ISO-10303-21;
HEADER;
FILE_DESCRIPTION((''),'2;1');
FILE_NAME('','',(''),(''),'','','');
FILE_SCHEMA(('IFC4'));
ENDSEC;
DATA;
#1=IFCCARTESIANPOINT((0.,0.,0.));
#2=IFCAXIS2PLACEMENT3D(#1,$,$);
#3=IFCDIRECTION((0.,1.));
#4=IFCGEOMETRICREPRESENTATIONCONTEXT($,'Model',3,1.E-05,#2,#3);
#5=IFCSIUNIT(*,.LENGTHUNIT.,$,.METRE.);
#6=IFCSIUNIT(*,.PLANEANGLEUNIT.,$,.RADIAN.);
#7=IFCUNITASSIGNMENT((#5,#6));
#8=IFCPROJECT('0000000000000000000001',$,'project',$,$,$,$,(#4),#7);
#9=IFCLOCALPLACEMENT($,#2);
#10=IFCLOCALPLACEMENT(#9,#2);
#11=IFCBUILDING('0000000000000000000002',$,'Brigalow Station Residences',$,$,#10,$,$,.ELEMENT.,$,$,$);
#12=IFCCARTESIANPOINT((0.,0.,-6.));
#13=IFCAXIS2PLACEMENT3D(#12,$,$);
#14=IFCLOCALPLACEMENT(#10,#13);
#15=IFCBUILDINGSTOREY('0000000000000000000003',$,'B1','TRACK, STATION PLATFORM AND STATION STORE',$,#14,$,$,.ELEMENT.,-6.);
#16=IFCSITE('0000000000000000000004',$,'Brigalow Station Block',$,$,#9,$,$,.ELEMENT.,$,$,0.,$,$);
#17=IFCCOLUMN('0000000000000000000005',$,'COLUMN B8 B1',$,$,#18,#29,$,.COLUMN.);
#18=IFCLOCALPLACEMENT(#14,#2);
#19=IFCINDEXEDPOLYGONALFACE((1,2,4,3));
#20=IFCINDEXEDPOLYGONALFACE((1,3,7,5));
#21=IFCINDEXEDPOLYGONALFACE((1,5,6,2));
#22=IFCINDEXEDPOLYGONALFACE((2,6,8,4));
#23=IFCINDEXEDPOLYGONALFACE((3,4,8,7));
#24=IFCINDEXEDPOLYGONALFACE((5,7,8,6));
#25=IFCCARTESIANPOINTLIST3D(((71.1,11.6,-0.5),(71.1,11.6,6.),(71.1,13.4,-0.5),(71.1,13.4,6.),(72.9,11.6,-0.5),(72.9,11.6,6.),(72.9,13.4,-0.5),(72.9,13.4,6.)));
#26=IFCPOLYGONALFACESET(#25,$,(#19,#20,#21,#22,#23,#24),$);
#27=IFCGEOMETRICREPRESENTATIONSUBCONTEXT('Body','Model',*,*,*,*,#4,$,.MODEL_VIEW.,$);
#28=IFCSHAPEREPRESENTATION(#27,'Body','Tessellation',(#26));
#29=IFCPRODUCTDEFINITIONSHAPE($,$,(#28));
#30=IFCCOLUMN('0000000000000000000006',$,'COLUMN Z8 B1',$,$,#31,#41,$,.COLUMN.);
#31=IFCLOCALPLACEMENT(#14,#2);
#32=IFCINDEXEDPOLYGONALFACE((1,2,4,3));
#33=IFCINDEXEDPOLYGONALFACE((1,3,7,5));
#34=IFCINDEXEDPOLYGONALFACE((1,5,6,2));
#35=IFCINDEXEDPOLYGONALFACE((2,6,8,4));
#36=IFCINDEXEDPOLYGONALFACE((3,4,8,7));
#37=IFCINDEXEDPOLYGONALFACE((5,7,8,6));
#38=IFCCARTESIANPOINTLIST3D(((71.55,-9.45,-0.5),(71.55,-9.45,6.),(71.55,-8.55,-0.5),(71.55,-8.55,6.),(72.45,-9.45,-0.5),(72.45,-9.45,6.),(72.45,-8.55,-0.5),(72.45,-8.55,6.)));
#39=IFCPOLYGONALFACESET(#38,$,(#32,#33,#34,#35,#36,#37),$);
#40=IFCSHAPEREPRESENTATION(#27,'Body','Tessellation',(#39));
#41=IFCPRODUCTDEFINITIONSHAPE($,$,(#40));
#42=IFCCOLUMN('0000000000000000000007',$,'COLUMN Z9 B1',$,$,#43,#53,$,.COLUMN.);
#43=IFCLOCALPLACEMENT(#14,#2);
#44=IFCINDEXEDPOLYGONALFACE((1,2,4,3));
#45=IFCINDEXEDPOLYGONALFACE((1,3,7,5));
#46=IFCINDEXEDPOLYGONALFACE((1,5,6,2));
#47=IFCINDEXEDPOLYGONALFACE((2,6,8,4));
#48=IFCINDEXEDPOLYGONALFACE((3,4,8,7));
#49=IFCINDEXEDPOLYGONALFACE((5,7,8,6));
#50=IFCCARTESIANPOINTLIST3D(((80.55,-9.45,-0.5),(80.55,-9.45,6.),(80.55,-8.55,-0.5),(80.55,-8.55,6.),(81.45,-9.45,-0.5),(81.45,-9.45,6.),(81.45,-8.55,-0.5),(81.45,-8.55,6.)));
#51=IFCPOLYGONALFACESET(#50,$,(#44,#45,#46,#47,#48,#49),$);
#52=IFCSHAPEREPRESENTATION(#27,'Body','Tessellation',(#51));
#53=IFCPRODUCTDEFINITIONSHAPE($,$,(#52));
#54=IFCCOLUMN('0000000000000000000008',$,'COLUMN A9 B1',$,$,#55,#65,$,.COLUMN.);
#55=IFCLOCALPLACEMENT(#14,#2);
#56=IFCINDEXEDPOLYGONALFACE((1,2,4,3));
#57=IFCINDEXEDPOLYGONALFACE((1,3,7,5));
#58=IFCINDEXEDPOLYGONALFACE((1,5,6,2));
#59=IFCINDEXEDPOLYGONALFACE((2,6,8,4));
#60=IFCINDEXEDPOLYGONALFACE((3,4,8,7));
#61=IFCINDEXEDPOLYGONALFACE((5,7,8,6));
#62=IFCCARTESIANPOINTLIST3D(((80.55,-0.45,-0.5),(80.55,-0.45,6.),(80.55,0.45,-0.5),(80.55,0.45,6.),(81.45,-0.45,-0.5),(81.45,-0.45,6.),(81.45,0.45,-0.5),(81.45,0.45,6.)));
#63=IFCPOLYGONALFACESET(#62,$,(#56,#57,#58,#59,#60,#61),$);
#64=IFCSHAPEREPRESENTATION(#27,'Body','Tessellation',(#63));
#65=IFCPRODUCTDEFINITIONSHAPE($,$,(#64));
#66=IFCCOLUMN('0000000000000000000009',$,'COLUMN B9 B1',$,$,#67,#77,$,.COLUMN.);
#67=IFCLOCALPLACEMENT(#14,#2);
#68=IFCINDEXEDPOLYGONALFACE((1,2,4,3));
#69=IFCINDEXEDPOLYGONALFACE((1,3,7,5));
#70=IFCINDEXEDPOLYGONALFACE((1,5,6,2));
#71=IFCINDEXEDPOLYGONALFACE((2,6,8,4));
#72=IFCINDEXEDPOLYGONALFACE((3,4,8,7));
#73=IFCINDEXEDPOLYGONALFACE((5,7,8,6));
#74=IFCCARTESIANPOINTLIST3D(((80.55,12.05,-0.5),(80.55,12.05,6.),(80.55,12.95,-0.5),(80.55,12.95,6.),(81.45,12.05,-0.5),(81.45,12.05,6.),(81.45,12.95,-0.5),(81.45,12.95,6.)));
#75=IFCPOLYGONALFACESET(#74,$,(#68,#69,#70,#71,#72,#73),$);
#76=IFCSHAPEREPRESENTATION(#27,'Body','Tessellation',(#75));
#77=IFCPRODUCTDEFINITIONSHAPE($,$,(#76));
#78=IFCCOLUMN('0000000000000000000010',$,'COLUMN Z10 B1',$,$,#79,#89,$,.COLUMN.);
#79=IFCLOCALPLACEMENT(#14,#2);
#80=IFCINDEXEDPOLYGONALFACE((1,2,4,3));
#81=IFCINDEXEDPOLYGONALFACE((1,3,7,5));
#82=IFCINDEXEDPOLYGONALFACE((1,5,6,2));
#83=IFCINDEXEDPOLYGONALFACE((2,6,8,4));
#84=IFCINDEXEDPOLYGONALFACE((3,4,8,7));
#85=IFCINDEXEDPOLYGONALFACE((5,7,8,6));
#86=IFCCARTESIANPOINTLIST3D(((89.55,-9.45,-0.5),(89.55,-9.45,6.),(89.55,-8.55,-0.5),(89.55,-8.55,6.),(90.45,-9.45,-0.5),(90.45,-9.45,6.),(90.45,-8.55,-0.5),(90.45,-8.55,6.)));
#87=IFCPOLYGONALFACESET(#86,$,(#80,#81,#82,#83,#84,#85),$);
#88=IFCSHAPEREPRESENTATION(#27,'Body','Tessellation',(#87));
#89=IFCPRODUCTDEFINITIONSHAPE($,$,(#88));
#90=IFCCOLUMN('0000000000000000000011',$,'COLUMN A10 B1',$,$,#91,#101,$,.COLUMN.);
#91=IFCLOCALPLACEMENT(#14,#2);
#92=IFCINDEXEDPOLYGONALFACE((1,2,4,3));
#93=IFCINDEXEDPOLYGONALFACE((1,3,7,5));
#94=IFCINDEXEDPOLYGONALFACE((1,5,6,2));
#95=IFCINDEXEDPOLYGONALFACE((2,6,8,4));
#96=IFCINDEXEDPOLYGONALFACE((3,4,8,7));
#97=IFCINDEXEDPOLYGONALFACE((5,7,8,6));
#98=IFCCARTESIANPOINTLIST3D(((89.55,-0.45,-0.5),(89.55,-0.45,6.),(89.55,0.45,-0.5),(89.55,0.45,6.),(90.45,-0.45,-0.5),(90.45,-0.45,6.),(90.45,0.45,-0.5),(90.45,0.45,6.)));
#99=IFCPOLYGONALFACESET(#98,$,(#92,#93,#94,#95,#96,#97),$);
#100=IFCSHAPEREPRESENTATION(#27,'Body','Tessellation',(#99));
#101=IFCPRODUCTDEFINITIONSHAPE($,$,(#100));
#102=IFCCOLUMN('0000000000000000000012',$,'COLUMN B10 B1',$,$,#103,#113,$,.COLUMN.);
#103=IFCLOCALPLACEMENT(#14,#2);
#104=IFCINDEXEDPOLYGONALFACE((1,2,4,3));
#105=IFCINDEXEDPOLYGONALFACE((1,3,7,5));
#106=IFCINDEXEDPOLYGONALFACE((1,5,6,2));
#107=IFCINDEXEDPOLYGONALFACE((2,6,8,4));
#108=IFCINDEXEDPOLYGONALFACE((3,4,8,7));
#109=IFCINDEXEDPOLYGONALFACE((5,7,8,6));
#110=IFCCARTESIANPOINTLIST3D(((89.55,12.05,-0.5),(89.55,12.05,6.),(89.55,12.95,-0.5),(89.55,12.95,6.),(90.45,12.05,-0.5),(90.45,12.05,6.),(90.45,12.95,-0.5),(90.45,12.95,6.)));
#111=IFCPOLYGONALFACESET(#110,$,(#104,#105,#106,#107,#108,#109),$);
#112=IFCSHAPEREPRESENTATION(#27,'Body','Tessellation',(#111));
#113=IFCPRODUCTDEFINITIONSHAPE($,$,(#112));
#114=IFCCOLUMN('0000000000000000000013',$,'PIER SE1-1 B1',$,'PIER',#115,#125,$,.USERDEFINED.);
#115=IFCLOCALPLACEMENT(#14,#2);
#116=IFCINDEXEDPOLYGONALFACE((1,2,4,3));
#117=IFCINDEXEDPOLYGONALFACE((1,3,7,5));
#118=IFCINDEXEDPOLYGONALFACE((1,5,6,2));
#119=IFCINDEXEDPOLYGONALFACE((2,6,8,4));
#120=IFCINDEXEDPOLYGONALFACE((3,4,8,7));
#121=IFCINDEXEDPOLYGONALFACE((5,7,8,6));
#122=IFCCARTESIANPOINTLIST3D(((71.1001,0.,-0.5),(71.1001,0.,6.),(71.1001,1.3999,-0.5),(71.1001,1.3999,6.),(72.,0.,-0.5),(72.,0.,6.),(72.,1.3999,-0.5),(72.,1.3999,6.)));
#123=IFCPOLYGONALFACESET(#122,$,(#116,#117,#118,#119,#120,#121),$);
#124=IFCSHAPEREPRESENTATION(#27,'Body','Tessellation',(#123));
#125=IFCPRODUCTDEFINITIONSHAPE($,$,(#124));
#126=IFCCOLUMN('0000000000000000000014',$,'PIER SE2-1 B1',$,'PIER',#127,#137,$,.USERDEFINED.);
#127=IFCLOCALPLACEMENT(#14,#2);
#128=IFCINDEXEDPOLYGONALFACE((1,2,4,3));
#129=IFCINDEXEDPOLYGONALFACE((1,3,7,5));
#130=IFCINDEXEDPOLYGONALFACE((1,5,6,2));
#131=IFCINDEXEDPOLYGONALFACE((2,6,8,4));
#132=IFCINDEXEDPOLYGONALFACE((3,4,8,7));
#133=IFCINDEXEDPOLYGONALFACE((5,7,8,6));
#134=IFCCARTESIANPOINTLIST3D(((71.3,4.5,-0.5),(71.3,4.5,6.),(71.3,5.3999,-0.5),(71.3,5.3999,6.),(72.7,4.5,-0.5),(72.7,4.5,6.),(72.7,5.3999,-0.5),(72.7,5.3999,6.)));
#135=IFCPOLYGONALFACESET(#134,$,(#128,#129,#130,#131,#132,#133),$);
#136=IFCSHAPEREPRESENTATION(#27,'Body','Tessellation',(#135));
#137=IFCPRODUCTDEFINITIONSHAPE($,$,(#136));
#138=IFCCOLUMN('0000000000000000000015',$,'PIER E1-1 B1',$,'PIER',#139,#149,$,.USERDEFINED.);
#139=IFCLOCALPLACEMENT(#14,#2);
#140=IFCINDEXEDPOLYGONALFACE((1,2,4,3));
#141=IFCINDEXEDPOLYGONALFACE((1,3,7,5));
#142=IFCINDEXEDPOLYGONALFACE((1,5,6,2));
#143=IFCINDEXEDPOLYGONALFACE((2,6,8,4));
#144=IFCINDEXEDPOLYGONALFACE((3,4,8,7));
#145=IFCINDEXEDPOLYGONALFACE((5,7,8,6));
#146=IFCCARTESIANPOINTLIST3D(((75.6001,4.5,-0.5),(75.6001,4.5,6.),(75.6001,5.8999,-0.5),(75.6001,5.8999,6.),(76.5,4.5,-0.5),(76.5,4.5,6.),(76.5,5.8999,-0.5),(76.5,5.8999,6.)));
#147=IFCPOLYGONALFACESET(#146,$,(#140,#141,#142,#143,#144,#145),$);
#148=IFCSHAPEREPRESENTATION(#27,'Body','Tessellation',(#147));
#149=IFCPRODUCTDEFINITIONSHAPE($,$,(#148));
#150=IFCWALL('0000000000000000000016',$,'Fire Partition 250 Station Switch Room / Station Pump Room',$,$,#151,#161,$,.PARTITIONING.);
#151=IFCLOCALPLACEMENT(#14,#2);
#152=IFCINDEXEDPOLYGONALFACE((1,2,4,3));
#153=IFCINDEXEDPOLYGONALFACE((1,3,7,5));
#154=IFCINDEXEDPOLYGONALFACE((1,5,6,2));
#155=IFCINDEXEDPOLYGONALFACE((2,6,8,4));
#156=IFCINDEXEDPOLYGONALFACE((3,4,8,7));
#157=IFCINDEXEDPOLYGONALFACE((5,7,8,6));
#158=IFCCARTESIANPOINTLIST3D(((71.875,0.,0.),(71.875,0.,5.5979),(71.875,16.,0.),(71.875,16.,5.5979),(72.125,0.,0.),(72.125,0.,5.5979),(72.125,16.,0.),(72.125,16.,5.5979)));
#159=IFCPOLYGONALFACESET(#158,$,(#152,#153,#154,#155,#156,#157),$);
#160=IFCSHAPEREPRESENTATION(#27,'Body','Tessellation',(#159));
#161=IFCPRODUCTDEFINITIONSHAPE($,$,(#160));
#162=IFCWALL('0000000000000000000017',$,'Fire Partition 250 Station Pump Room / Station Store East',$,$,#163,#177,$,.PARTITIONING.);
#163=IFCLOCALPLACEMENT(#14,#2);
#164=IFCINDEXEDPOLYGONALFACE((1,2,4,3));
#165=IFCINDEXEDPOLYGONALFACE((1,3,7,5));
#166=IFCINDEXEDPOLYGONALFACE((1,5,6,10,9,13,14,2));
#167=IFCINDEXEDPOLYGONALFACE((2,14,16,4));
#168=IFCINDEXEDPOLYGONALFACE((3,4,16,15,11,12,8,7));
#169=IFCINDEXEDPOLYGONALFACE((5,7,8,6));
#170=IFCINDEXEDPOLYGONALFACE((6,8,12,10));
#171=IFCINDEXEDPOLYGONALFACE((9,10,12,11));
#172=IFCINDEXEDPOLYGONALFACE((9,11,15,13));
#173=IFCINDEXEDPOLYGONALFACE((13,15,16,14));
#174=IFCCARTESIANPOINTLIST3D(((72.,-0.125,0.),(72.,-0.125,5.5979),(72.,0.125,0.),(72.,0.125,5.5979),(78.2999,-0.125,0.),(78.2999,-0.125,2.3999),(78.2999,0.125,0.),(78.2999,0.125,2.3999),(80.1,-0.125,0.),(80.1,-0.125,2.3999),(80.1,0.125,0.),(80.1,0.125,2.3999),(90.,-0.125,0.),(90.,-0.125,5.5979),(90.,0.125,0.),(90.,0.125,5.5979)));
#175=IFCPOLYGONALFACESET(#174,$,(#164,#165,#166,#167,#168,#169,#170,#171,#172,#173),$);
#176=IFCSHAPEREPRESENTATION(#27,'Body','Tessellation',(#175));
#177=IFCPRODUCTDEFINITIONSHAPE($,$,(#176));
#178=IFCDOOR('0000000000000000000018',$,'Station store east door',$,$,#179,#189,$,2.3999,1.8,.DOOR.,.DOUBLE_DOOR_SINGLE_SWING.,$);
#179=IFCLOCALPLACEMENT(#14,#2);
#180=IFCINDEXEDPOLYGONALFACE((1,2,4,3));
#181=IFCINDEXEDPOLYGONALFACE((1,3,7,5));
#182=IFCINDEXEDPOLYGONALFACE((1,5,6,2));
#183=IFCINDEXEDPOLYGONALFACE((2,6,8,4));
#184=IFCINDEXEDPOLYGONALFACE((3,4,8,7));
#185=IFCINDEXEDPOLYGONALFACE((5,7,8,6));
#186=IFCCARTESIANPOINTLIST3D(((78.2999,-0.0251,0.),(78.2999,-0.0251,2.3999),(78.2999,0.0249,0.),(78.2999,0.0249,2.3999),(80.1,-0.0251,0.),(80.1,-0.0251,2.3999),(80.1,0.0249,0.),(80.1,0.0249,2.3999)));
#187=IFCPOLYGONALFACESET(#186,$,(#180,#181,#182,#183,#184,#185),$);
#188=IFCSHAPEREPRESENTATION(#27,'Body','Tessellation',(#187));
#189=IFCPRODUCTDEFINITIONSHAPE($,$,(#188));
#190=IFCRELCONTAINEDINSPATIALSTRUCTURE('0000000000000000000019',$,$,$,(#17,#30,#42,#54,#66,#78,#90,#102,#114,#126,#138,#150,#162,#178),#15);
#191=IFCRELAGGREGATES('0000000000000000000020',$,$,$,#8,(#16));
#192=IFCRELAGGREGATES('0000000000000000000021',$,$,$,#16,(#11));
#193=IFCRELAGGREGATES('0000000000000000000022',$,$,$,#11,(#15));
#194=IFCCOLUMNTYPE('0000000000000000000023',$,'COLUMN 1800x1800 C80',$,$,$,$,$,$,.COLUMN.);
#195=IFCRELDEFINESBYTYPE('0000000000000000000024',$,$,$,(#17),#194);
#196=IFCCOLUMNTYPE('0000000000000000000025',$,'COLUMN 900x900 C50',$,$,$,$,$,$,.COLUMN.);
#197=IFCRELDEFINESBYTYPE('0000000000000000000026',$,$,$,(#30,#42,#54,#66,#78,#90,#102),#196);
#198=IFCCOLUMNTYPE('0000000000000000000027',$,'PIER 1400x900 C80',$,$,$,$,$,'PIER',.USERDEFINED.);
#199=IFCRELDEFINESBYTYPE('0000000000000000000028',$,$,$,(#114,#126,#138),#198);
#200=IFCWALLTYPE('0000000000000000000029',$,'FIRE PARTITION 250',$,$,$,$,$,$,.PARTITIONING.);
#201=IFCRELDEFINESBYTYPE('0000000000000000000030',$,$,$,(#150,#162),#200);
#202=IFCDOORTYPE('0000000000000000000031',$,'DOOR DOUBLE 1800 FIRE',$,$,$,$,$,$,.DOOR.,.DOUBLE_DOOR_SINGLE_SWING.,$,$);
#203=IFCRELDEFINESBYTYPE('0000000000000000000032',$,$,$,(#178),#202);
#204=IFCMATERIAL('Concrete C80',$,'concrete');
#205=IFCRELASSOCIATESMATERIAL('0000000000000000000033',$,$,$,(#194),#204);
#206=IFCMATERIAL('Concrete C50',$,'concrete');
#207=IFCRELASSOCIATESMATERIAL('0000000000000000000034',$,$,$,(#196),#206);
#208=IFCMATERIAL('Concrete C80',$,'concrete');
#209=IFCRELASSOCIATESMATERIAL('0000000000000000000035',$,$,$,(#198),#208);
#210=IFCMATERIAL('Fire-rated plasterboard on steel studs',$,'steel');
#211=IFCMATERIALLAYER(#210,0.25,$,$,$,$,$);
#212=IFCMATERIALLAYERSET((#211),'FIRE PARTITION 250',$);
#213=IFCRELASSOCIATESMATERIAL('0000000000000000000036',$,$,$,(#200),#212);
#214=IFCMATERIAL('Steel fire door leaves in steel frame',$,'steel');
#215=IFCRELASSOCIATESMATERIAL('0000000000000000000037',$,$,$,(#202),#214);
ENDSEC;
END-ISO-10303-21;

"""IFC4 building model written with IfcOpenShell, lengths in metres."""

from ifc_helpers import new_model, si_unit, direction, frame, frame_2d, origin, origin_2d, place, context, subcontext, project, spatial, rectangle, extrude, material, layer, layer_set, material_profile, profile_set, type_object, element, fill, save


model = new_model("IFC4")

# Units and contexts
model_context = context("Model", 3, precision=1e-05, world=origin(), true_north=direction((0.0, 1.0)))
body_context = subcontext(model_context, "Body", "Model", "MODEL_VIEW")
ifc_project = project(units=[si_unit("LENGTHUNIT", "METRE"), si_unit("PLANEANGLEUNIT", "RADIAN")], contexts=[model_context])

# Site, building, storey
site_placement = place(None, origin())
site = spatial("IfcSite", under=ifc_project, at=site_placement, Name="Brigalow Station Block", CompositionType="ELEMENT", RefElevation=0.0)
building_placement = place(site_placement, origin())
building = spatial("IfcBuilding", under=site, at=building_placement, Name="Brigalow Station Residences", CompositionType="ELEMENT")
storey_placement = place(building_placement, frame((0.0, 0.0, -6.0)))
storey = spatial("IfcBuildingStorey", under=building, at=storey_placement, Name="B1", Description="TRACK, STATION PLATFORM AND STATION STORE", CompositionType="ELEMENT", Elevation=-6.0)

# Columns
ifc_material_1 = material(Name="Concrete C80", Category="concrete")
ifc_material_profile_1 = material_profile(ifc_material_1, rectangle(XDim=1.8, YDim=1.8, at=origin_2d()), Name="RC1800x1800")
ifc_profile_set_1 = profile_set([ifc_material_profile_1], Name="Concrete C80")
column_type_1 = type_object("IfcColumnType", Name="COLUMN 1800x1800 C80", PredefinedType="COLUMN", material=ifc_profile_set_1)
column_placement = place(storey_placement, frame((72.0, 12.5, -0.5), z_axis=(0.0, 0.0, 1.0), x_axis=(1.0, 0.0, 0.0)))
element("IfcColumn", 1, at=column_placement, inside=storey, type_object=column_type_1, Name="COLUMN B8 B1", PredefinedType="COLUMN", context=body_context, shape_type="SweptSolid", body=[
    extrude(rectangle(XDim=1.8, YDim=1.8, at=origin_2d()), origin(), (0.0, 0.0, 1.0), 6.5),
])
ifc_material_2 = material(Name="Concrete C50", Category="concrete")
ifc_material_profile_2 = material_profile(ifc_material_2, rectangle(XDim=0.8999, YDim=0.8999, at=origin_2d()), Name="RC900x900")
ifc_profile_set_2 = profile_set([ifc_material_profile_2], Name="Concrete C50")
column_type_2 = type_object("IfcColumnType", Name="COLUMN 900x900 C50", PredefinedType="COLUMN", material=ifc_profile_set_2)
for number, where, z_axis, x_axis, name in (
    (2, (72.0, -9.0, -0.5), (0.0, 0.0, 1.0), (1.0, 0.0, 0.0), "COLUMN Z8 B1"),
    (3, (81.0, -9.0, -0.5), (0.0, 0.0, 1.0), (1.0, 0.0, 0.0), "COLUMN Z9 B1"),
    (4, (81.0, 0.0, -0.5), (0.0, 0.0, 1.0), (1.0, 0.0, 0.0), "COLUMN A9 B1"),
    (5, (81.0, 12.5, -0.5), (0.0, 0.0, 1.0), (1.0, 0.0, 0.0), "COLUMN B9 B1"),
    (6, (90.0, -9.0, -0.5), (0.0, 0.0, 1.0), (1.0, 0.0, 0.0), "COLUMN Z10 B1"),
    (7, (90.0, 0.0, -0.5), (0.0, 0.0, 1.0), (1.0, 0.0, 0.0), "COLUMN A10 B1"),
    (8, (90.0, 12.5, -0.5), (0.0, 0.0, 1.0), (1.0, 0.0, 0.0), "COLUMN B10 B1"),
):
    element("IfcColumn", number, at=place(storey_placement, frame(where, z_axis=z_axis, x_axis=x_axis)), inside=storey, type_object=column_type_2, Name=name, PredefinedType="COLUMN", context=body_context, shape_type="SweptSolid", body=[
        extrude(rectangle(XDim=0.8999, YDim=0.8999, at=origin_2d()), origin(), (0.0, 0.0, 1.0), 6.5),
    ])
ifc_material_3 = material(Name="Concrete C80", Category="concrete")
ifc_material_profile_3 = material_profile(ifc_material_3, rectangle(XDim=1.3999, YDim=0.8999, at=origin_2d()), Name="RC1400x900")
ifc_profile_set_3 = profile_set([ifc_material_profile_3], Name="Concrete C80")
column_type_3 = type_object("IfcColumnType", Name="PIER 1400x900 C80", ElementType="PIER", PredefinedType="USERDEFINED", material=ifc_profile_set_3)
for number, where, z_axis, x_axis, name in (
    (9, (71.55, 0.7, -0.5), (0.0, 0.0, 1.0), (0.0, 1.0, 0.0), "PIER SE1-1 B1"),
    (10, (72.0, 4.95, -0.5), (0.0, 0.0, 1.0), (1.0, 0.0, 0.0), "PIER SE2-1 B1"),
    (11, (76.05, 5.2, -0.5), (0.0, 0.0, 1.0), (0.0, 1.0, 0.0), "PIER E1-1 B1"),
):
    element("IfcColumn", number, at=place(storey_placement, frame(where, z_axis=z_axis, x_axis=x_axis)), inside=storey, type_object=column_type_3, Name=name, ObjectType="PIER", PredefinedType="USERDEFINED", context=body_context, shape_type="SweptSolid", body=[
        extrude(rectangle(XDim=1.3999, YDim=0.8999, at=origin_2d()), origin(), (0.0, 0.0, 1.0), 6.5),
    ])

# Wall
ifc_material_4 = material(Name="Fire-rated plasterboard on steel studs", Category="steel")
ifc_layer = layer(ifc_material_4, 0.25)
ifc_layer_set = layer_set([ifc_layer], Name="FIRE PARTITION 250")
wall_type = type_object("IfcWallType", Name="FIRE PARTITION 250", PredefinedType="PARTITIONING", material=ifc_layer_set)
wall_1_placement = place(storey_placement, frame((72.0, 0.0, 0.0), z_axis=(0.0, 0.0, 1.0), x_axis=(0.0, 1.0, 0.0)))
element("IfcWall", 12, at=wall_1_placement, inside=storey, type_object=wall_type, Name="Fire Partition 250 Station Switch Room / Station Pump Room", PredefinedType="PARTITIONING", context=body_context, shape_type="SweptSolid", body=[
    extrude(rectangle(XDim=16.0, YDim=0.25, at=frame_2d((8.0, 0.0))), origin(), (0.0, 0.0, 1.0), 5.5979),
])

# Wall, opening, door
wall_2_placement = place(storey_placement, frame((72.0, 0.0, 0.0), z_axis=(0.0, 0.0, 1.0), x_axis=(1.0, 0.0, 0.0)))
wall_2 = element("IfcWall", 13, at=wall_2_placement, inside=storey, type_object=wall_type, Name="Fire Partition 250 Station Pump Room / Station Store East", PredefinedType="PARTITIONING", context=body_context, shape_type="SweptSolid", body=[
    extrude(rectangle(XDim=18.0, YDim=0.25, at=frame_2d((9.0, 0.0))), origin(), (0.0, 0.0, 1.0), 5.5979),
])
opening_placement = place(wall_2_placement, frame((6.3, 0.0, 0.0)))
opening = element("IfcOpeningElement", 14, at=opening_placement, cuts=wall_2, PredefinedType="OPENING", context=body_context, shape_type="SweptSolid", body=[
    extrude(rectangle(XDim=1.8, YDim=2.3999, at=frame_2d((0.8999, 1.2))), frame((0.0, 0.135, 0.0), z_axis=(0.0, -1.0, 0.0), x_axis=(1.0, 0.0, 0.0)), (0.0, 0.0, 1.0), 0.27),
])
ifc_material_5 = material(Name="Steel fire door leaves in steel frame", Category="steel")
door_type = type_object("IfcDoorType", Name="DOOR DOUBLE 1800 FIRE", OperationType="DOUBLE_DOOR_SINGLE_SWING", PredefinedType="DOOR", material=ifc_material_5)
door_placement = place(opening_placement, origin())
door = element("IfcDoor", 15, at=door_placement, inside=storey, type_object=door_type, Name="Station store east door", OperationType="DOUBLE_DOOR_SINGLE_SWING", OverallHeight=2.3999, OverallWidth=1.8, PredefinedType="DOOR", context=body_context, shape_type="SweptSolid", body=[
    extrude(rectangle(XDim=1.8, YDim=2.3999, at=frame_2d((0.8999, 1.2))), frame((0.0, 0.0249, 0.0), z_axis=(0.0, -1.0, 0.0), x_axis=(1.0, 0.0, 0.0)), (0.0, 0.0, 1.0), 0.05),
])
fill(opening, door)

save(model, "model.ifc")
